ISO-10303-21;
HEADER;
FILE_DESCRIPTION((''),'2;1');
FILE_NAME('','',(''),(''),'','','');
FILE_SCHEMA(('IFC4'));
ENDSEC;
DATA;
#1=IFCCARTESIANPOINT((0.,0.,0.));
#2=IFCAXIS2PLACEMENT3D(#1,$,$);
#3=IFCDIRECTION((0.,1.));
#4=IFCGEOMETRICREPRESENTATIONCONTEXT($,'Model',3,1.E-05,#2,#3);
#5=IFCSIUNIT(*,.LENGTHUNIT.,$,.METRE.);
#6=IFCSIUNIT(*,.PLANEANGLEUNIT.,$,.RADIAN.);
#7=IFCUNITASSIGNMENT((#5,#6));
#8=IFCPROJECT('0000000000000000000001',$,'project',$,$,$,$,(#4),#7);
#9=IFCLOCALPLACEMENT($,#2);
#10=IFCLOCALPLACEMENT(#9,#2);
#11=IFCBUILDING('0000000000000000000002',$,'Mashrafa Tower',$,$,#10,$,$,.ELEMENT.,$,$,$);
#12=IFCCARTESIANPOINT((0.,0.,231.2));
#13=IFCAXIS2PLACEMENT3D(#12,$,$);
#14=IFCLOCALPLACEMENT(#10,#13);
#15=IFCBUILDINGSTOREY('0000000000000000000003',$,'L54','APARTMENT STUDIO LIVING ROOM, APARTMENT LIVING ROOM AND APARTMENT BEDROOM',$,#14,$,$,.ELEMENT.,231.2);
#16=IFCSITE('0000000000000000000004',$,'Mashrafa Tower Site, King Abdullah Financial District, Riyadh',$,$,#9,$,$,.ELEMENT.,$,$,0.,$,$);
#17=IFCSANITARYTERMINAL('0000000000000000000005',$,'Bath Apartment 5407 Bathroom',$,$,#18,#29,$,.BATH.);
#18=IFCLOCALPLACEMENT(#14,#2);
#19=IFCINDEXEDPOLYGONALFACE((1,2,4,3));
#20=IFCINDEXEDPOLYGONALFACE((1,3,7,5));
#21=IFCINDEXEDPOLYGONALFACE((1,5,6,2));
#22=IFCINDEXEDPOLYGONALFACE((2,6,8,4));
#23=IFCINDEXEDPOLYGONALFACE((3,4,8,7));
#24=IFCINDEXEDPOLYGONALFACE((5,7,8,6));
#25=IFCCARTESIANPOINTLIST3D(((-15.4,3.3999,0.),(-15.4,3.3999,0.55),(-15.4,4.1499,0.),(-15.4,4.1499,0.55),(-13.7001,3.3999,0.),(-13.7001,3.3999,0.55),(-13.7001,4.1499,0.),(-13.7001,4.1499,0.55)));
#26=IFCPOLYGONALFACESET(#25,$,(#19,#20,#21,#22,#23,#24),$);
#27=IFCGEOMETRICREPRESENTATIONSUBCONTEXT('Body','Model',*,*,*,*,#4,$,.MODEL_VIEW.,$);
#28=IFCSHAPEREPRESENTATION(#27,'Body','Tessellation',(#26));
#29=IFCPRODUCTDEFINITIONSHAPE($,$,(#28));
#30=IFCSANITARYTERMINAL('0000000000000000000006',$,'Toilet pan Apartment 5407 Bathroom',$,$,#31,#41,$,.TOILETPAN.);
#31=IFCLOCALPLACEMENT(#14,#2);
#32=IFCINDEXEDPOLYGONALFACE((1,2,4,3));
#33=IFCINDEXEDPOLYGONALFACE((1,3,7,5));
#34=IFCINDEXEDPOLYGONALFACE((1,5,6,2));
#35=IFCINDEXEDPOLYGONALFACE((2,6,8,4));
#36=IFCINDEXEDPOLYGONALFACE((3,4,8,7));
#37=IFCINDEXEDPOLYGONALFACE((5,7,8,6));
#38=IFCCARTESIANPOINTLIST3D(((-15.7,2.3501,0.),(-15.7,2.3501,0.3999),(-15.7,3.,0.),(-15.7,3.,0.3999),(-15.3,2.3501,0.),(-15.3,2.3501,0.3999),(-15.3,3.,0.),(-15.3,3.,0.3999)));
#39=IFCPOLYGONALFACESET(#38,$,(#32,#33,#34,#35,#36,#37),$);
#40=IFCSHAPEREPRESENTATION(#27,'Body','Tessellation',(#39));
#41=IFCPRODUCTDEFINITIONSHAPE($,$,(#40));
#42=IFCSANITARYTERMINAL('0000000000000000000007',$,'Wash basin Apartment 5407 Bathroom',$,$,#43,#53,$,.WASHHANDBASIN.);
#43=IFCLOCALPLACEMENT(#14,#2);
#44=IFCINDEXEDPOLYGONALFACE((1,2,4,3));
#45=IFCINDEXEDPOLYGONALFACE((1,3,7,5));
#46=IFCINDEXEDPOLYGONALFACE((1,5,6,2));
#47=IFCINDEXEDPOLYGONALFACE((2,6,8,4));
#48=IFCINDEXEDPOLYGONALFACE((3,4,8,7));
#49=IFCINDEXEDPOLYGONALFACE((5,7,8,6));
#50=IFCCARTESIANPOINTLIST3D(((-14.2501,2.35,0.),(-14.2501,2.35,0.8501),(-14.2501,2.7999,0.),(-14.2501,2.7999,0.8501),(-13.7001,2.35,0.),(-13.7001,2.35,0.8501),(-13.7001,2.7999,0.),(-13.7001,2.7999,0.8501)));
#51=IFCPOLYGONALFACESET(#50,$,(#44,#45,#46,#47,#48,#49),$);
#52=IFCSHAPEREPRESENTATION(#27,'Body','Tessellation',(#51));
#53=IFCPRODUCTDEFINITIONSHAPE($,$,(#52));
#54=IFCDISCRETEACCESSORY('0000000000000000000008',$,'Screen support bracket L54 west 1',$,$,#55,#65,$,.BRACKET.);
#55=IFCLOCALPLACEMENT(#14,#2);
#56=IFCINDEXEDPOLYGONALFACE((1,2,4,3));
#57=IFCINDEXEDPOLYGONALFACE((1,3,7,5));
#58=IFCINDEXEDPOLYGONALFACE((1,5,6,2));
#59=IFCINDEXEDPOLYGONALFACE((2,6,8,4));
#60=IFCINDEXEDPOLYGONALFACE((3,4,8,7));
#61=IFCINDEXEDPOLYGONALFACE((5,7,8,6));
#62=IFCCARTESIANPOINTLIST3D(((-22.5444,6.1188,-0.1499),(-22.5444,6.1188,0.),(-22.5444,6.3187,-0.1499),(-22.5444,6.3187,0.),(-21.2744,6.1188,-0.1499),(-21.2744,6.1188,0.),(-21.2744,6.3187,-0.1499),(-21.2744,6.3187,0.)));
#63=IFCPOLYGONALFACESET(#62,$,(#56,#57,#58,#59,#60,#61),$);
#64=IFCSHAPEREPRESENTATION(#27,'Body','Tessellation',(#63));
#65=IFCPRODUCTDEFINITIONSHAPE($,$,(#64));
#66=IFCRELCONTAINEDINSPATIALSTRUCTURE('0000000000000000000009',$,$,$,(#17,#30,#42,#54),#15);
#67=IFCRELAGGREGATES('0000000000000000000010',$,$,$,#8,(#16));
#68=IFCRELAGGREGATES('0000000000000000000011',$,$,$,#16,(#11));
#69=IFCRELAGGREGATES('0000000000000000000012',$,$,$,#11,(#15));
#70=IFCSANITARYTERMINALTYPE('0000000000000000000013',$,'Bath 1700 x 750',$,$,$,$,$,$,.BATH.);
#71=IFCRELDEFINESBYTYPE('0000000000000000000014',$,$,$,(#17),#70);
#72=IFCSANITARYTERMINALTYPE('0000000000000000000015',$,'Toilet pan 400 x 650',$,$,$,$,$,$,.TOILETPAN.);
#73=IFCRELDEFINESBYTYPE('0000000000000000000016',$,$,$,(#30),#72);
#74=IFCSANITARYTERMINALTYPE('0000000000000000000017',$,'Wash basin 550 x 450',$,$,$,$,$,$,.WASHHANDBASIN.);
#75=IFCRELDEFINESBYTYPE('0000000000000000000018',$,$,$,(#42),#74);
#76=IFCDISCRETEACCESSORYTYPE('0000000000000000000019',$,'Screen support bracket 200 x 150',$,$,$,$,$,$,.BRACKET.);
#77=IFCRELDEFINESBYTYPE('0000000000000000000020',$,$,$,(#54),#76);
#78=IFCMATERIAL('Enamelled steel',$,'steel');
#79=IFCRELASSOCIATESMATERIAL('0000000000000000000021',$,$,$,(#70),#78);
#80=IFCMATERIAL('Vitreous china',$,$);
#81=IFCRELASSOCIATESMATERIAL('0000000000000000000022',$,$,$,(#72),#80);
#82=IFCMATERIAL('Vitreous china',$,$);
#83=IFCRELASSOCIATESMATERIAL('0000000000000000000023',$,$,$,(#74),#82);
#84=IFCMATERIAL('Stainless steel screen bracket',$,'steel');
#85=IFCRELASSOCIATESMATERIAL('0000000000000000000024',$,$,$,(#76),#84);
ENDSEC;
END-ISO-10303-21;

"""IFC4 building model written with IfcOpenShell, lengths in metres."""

from ifc_helpers import new_model, si_unit, direction, frame, origin, origin_2d, place, context, subcontext, project, spatial, rectangle, extrude, source, transform, mapped, material, type_object, type_shapes, element, save


model = new_model("IFC4")

# Units and contexts
model_context = context("Model", 3, precision=1e-05, world=origin(), true_north=direction((0.0, 1.0)))
body_context = subcontext(model_context, "Body", "Model", "MODEL_VIEW")
ifc_project = project(units=[si_unit("LENGTHUNIT", "METRE"), si_unit("PLANEANGLEUNIT", "RADIAN")], contexts=[model_context])

# Site, building, storey
site_placement = place(None, origin())
site = spatial("IfcSite", under=ifc_project, at=site_placement, Name="Mashrafa Tower Site, King Abdullah Financial District, Riyadh", CompositionType="ELEMENT", RefElevation=0.0)
building_placement = place(site_placement, origin())
building = spatial("IfcBuilding", under=site, at=building_placement, Name="Mashrafa Tower", CompositionType="ELEMENT")
storey_placement = place(building_placement, frame((0.0, 0.0, 231.2)))
storey = spatial("IfcBuildingStorey", under=building, at=storey_placement, Name="L54", Description="APARTMENT STUDIO LIVING ROOM, APARTMENT LIVING ROOM AND APARTMENT BEDROOM", CompositionType="ELEMENT", Elevation=231.2)

# Sanitary terminals
ifc_material_1 = material(Name="Enamelled steel", Category="steel")
sanitary_terminal_type_1 = type_object("IfcSanitaryTerminalType", Name="Bath 1700 x 750", PredefinedType="BATH", material=ifc_material_1)
sanitary_terminal_1_placement = place(storey_placement, frame((-14.55, 3.7749, 0.0), z_axis=(0.0, 0.0, 1.0), x_axis=(-1.0, 0.0, 0.0)))
element("IfcSanitaryTerminal", 1, at=sanitary_terminal_1_placement, inside=storey, type_object=sanitary_terminal_type_1, Name="Bath Apartment 5407 Bathroom", PredefinedType="BATH", context=body_context, shape_type="SweptSolid", body=[
    extrude(rectangle(XDim=1.7, YDim=0.75, at=origin_2d()), origin(), (0.0, 0.0, 1.0), 0.55),
])
ifc_material_2 = material(Name="Vitreous china")
sanitary_terminal_type_2 = type_object("IfcSanitaryTerminalType", Name="Toilet pan 400 x 650", PredefinedType="TOILETPAN", material=ifc_material_2)
sanitary_terminal_2_placement = place(storey_placement, frame((-15.5, 2.675, 0.0), z_axis=(0.0, 0.0, 1.0), x_axis=(1.0, 0.0, 0.0)))
element("IfcSanitaryTerminal", 2, at=sanitary_terminal_2_placement, inside=storey, type_object=sanitary_terminal_type_2, Name="Toilet pan Apartment 5407 Bathroom", PredefinedType="TOILETPAN", context=body_context, shape_type="SweptSolid", body=[
    extrude(rectangle(XDim=0.3999, YDim=0.6499, at=origin_2d()), origin(), (0.0, 0.0, 1.0), 0.3999),
])
ifc_material_3 = material(Name="Vitreous china")
sanitary_terminal_type_3 = type_object("IfcSanitaryTerminalType", Name="Wash basin 550 x 450", PredefinedType="WASHHANDBASIN", material=ifc_material_3)
sanitary_terminal_3_placement = place(storey_placement, frame((-13.9751, 2.575, 0.0), z_axis=(0.0, 0.0, 1.0), x_axis=(1.0, 0.0, 0.0)))
element("IfcSanitaryTerminal", 3, at=sanitary_terminal_3_placement, inside=storey, type_object=sanitary_terminal_type_3, Name="Wash basin Apartment 5407 Bathroom", PredefinedType="WASHHANDBASIN", context=body_context, shape_type="SweptSolid", body=[
    extrude(rectangle(XDim=0.55, YDim=0.45, at=origin_2d()), origin(), (0.0, 0.0, 1.0), 0.8501),
])

# Discrete accessory
ifc_material_4 = material(Name="Stainless steel screen bracket", Category="steel")
discrete_accessory_type = type_object("IfcDiscreteAccessoryType", Name="Screen support bracket 200 x 150", PredefinedType="BRACKET", material=ifc_material_4)
shared_shape_1 = source(origin(), body_context, "Body", "SweptSolid", [
    extrude(rectangle(XDim=0.2, YDim=1.27, at=origin_2d()), origin(), (0.0, 0.0, 1.0), 0.1499),
])
type_shapes(discrete_accessory_type, [shared_shape_1])
discrete_accessory_placement = place(storey_placement, frame((-21.9094, 6.2188, -0.1499), z_axis=(0.0, 0.0, 1.0), x_axis=(0.0, -1.0, 0.0)))
element("IfcDiscreteAccessory", 4, at=discrete_accessory_placement, inside=storey, type_object=discrete_accessory_type, Name="Screen support bracket L54 west 1", PredefinedType="BRACKET", context=body_context, shape_type="MappedRepresentation", body=[
    mapped(shared_shape_1, transform((0.0, 0.0, 0.0))),
])

save(model, "model.ifc")
